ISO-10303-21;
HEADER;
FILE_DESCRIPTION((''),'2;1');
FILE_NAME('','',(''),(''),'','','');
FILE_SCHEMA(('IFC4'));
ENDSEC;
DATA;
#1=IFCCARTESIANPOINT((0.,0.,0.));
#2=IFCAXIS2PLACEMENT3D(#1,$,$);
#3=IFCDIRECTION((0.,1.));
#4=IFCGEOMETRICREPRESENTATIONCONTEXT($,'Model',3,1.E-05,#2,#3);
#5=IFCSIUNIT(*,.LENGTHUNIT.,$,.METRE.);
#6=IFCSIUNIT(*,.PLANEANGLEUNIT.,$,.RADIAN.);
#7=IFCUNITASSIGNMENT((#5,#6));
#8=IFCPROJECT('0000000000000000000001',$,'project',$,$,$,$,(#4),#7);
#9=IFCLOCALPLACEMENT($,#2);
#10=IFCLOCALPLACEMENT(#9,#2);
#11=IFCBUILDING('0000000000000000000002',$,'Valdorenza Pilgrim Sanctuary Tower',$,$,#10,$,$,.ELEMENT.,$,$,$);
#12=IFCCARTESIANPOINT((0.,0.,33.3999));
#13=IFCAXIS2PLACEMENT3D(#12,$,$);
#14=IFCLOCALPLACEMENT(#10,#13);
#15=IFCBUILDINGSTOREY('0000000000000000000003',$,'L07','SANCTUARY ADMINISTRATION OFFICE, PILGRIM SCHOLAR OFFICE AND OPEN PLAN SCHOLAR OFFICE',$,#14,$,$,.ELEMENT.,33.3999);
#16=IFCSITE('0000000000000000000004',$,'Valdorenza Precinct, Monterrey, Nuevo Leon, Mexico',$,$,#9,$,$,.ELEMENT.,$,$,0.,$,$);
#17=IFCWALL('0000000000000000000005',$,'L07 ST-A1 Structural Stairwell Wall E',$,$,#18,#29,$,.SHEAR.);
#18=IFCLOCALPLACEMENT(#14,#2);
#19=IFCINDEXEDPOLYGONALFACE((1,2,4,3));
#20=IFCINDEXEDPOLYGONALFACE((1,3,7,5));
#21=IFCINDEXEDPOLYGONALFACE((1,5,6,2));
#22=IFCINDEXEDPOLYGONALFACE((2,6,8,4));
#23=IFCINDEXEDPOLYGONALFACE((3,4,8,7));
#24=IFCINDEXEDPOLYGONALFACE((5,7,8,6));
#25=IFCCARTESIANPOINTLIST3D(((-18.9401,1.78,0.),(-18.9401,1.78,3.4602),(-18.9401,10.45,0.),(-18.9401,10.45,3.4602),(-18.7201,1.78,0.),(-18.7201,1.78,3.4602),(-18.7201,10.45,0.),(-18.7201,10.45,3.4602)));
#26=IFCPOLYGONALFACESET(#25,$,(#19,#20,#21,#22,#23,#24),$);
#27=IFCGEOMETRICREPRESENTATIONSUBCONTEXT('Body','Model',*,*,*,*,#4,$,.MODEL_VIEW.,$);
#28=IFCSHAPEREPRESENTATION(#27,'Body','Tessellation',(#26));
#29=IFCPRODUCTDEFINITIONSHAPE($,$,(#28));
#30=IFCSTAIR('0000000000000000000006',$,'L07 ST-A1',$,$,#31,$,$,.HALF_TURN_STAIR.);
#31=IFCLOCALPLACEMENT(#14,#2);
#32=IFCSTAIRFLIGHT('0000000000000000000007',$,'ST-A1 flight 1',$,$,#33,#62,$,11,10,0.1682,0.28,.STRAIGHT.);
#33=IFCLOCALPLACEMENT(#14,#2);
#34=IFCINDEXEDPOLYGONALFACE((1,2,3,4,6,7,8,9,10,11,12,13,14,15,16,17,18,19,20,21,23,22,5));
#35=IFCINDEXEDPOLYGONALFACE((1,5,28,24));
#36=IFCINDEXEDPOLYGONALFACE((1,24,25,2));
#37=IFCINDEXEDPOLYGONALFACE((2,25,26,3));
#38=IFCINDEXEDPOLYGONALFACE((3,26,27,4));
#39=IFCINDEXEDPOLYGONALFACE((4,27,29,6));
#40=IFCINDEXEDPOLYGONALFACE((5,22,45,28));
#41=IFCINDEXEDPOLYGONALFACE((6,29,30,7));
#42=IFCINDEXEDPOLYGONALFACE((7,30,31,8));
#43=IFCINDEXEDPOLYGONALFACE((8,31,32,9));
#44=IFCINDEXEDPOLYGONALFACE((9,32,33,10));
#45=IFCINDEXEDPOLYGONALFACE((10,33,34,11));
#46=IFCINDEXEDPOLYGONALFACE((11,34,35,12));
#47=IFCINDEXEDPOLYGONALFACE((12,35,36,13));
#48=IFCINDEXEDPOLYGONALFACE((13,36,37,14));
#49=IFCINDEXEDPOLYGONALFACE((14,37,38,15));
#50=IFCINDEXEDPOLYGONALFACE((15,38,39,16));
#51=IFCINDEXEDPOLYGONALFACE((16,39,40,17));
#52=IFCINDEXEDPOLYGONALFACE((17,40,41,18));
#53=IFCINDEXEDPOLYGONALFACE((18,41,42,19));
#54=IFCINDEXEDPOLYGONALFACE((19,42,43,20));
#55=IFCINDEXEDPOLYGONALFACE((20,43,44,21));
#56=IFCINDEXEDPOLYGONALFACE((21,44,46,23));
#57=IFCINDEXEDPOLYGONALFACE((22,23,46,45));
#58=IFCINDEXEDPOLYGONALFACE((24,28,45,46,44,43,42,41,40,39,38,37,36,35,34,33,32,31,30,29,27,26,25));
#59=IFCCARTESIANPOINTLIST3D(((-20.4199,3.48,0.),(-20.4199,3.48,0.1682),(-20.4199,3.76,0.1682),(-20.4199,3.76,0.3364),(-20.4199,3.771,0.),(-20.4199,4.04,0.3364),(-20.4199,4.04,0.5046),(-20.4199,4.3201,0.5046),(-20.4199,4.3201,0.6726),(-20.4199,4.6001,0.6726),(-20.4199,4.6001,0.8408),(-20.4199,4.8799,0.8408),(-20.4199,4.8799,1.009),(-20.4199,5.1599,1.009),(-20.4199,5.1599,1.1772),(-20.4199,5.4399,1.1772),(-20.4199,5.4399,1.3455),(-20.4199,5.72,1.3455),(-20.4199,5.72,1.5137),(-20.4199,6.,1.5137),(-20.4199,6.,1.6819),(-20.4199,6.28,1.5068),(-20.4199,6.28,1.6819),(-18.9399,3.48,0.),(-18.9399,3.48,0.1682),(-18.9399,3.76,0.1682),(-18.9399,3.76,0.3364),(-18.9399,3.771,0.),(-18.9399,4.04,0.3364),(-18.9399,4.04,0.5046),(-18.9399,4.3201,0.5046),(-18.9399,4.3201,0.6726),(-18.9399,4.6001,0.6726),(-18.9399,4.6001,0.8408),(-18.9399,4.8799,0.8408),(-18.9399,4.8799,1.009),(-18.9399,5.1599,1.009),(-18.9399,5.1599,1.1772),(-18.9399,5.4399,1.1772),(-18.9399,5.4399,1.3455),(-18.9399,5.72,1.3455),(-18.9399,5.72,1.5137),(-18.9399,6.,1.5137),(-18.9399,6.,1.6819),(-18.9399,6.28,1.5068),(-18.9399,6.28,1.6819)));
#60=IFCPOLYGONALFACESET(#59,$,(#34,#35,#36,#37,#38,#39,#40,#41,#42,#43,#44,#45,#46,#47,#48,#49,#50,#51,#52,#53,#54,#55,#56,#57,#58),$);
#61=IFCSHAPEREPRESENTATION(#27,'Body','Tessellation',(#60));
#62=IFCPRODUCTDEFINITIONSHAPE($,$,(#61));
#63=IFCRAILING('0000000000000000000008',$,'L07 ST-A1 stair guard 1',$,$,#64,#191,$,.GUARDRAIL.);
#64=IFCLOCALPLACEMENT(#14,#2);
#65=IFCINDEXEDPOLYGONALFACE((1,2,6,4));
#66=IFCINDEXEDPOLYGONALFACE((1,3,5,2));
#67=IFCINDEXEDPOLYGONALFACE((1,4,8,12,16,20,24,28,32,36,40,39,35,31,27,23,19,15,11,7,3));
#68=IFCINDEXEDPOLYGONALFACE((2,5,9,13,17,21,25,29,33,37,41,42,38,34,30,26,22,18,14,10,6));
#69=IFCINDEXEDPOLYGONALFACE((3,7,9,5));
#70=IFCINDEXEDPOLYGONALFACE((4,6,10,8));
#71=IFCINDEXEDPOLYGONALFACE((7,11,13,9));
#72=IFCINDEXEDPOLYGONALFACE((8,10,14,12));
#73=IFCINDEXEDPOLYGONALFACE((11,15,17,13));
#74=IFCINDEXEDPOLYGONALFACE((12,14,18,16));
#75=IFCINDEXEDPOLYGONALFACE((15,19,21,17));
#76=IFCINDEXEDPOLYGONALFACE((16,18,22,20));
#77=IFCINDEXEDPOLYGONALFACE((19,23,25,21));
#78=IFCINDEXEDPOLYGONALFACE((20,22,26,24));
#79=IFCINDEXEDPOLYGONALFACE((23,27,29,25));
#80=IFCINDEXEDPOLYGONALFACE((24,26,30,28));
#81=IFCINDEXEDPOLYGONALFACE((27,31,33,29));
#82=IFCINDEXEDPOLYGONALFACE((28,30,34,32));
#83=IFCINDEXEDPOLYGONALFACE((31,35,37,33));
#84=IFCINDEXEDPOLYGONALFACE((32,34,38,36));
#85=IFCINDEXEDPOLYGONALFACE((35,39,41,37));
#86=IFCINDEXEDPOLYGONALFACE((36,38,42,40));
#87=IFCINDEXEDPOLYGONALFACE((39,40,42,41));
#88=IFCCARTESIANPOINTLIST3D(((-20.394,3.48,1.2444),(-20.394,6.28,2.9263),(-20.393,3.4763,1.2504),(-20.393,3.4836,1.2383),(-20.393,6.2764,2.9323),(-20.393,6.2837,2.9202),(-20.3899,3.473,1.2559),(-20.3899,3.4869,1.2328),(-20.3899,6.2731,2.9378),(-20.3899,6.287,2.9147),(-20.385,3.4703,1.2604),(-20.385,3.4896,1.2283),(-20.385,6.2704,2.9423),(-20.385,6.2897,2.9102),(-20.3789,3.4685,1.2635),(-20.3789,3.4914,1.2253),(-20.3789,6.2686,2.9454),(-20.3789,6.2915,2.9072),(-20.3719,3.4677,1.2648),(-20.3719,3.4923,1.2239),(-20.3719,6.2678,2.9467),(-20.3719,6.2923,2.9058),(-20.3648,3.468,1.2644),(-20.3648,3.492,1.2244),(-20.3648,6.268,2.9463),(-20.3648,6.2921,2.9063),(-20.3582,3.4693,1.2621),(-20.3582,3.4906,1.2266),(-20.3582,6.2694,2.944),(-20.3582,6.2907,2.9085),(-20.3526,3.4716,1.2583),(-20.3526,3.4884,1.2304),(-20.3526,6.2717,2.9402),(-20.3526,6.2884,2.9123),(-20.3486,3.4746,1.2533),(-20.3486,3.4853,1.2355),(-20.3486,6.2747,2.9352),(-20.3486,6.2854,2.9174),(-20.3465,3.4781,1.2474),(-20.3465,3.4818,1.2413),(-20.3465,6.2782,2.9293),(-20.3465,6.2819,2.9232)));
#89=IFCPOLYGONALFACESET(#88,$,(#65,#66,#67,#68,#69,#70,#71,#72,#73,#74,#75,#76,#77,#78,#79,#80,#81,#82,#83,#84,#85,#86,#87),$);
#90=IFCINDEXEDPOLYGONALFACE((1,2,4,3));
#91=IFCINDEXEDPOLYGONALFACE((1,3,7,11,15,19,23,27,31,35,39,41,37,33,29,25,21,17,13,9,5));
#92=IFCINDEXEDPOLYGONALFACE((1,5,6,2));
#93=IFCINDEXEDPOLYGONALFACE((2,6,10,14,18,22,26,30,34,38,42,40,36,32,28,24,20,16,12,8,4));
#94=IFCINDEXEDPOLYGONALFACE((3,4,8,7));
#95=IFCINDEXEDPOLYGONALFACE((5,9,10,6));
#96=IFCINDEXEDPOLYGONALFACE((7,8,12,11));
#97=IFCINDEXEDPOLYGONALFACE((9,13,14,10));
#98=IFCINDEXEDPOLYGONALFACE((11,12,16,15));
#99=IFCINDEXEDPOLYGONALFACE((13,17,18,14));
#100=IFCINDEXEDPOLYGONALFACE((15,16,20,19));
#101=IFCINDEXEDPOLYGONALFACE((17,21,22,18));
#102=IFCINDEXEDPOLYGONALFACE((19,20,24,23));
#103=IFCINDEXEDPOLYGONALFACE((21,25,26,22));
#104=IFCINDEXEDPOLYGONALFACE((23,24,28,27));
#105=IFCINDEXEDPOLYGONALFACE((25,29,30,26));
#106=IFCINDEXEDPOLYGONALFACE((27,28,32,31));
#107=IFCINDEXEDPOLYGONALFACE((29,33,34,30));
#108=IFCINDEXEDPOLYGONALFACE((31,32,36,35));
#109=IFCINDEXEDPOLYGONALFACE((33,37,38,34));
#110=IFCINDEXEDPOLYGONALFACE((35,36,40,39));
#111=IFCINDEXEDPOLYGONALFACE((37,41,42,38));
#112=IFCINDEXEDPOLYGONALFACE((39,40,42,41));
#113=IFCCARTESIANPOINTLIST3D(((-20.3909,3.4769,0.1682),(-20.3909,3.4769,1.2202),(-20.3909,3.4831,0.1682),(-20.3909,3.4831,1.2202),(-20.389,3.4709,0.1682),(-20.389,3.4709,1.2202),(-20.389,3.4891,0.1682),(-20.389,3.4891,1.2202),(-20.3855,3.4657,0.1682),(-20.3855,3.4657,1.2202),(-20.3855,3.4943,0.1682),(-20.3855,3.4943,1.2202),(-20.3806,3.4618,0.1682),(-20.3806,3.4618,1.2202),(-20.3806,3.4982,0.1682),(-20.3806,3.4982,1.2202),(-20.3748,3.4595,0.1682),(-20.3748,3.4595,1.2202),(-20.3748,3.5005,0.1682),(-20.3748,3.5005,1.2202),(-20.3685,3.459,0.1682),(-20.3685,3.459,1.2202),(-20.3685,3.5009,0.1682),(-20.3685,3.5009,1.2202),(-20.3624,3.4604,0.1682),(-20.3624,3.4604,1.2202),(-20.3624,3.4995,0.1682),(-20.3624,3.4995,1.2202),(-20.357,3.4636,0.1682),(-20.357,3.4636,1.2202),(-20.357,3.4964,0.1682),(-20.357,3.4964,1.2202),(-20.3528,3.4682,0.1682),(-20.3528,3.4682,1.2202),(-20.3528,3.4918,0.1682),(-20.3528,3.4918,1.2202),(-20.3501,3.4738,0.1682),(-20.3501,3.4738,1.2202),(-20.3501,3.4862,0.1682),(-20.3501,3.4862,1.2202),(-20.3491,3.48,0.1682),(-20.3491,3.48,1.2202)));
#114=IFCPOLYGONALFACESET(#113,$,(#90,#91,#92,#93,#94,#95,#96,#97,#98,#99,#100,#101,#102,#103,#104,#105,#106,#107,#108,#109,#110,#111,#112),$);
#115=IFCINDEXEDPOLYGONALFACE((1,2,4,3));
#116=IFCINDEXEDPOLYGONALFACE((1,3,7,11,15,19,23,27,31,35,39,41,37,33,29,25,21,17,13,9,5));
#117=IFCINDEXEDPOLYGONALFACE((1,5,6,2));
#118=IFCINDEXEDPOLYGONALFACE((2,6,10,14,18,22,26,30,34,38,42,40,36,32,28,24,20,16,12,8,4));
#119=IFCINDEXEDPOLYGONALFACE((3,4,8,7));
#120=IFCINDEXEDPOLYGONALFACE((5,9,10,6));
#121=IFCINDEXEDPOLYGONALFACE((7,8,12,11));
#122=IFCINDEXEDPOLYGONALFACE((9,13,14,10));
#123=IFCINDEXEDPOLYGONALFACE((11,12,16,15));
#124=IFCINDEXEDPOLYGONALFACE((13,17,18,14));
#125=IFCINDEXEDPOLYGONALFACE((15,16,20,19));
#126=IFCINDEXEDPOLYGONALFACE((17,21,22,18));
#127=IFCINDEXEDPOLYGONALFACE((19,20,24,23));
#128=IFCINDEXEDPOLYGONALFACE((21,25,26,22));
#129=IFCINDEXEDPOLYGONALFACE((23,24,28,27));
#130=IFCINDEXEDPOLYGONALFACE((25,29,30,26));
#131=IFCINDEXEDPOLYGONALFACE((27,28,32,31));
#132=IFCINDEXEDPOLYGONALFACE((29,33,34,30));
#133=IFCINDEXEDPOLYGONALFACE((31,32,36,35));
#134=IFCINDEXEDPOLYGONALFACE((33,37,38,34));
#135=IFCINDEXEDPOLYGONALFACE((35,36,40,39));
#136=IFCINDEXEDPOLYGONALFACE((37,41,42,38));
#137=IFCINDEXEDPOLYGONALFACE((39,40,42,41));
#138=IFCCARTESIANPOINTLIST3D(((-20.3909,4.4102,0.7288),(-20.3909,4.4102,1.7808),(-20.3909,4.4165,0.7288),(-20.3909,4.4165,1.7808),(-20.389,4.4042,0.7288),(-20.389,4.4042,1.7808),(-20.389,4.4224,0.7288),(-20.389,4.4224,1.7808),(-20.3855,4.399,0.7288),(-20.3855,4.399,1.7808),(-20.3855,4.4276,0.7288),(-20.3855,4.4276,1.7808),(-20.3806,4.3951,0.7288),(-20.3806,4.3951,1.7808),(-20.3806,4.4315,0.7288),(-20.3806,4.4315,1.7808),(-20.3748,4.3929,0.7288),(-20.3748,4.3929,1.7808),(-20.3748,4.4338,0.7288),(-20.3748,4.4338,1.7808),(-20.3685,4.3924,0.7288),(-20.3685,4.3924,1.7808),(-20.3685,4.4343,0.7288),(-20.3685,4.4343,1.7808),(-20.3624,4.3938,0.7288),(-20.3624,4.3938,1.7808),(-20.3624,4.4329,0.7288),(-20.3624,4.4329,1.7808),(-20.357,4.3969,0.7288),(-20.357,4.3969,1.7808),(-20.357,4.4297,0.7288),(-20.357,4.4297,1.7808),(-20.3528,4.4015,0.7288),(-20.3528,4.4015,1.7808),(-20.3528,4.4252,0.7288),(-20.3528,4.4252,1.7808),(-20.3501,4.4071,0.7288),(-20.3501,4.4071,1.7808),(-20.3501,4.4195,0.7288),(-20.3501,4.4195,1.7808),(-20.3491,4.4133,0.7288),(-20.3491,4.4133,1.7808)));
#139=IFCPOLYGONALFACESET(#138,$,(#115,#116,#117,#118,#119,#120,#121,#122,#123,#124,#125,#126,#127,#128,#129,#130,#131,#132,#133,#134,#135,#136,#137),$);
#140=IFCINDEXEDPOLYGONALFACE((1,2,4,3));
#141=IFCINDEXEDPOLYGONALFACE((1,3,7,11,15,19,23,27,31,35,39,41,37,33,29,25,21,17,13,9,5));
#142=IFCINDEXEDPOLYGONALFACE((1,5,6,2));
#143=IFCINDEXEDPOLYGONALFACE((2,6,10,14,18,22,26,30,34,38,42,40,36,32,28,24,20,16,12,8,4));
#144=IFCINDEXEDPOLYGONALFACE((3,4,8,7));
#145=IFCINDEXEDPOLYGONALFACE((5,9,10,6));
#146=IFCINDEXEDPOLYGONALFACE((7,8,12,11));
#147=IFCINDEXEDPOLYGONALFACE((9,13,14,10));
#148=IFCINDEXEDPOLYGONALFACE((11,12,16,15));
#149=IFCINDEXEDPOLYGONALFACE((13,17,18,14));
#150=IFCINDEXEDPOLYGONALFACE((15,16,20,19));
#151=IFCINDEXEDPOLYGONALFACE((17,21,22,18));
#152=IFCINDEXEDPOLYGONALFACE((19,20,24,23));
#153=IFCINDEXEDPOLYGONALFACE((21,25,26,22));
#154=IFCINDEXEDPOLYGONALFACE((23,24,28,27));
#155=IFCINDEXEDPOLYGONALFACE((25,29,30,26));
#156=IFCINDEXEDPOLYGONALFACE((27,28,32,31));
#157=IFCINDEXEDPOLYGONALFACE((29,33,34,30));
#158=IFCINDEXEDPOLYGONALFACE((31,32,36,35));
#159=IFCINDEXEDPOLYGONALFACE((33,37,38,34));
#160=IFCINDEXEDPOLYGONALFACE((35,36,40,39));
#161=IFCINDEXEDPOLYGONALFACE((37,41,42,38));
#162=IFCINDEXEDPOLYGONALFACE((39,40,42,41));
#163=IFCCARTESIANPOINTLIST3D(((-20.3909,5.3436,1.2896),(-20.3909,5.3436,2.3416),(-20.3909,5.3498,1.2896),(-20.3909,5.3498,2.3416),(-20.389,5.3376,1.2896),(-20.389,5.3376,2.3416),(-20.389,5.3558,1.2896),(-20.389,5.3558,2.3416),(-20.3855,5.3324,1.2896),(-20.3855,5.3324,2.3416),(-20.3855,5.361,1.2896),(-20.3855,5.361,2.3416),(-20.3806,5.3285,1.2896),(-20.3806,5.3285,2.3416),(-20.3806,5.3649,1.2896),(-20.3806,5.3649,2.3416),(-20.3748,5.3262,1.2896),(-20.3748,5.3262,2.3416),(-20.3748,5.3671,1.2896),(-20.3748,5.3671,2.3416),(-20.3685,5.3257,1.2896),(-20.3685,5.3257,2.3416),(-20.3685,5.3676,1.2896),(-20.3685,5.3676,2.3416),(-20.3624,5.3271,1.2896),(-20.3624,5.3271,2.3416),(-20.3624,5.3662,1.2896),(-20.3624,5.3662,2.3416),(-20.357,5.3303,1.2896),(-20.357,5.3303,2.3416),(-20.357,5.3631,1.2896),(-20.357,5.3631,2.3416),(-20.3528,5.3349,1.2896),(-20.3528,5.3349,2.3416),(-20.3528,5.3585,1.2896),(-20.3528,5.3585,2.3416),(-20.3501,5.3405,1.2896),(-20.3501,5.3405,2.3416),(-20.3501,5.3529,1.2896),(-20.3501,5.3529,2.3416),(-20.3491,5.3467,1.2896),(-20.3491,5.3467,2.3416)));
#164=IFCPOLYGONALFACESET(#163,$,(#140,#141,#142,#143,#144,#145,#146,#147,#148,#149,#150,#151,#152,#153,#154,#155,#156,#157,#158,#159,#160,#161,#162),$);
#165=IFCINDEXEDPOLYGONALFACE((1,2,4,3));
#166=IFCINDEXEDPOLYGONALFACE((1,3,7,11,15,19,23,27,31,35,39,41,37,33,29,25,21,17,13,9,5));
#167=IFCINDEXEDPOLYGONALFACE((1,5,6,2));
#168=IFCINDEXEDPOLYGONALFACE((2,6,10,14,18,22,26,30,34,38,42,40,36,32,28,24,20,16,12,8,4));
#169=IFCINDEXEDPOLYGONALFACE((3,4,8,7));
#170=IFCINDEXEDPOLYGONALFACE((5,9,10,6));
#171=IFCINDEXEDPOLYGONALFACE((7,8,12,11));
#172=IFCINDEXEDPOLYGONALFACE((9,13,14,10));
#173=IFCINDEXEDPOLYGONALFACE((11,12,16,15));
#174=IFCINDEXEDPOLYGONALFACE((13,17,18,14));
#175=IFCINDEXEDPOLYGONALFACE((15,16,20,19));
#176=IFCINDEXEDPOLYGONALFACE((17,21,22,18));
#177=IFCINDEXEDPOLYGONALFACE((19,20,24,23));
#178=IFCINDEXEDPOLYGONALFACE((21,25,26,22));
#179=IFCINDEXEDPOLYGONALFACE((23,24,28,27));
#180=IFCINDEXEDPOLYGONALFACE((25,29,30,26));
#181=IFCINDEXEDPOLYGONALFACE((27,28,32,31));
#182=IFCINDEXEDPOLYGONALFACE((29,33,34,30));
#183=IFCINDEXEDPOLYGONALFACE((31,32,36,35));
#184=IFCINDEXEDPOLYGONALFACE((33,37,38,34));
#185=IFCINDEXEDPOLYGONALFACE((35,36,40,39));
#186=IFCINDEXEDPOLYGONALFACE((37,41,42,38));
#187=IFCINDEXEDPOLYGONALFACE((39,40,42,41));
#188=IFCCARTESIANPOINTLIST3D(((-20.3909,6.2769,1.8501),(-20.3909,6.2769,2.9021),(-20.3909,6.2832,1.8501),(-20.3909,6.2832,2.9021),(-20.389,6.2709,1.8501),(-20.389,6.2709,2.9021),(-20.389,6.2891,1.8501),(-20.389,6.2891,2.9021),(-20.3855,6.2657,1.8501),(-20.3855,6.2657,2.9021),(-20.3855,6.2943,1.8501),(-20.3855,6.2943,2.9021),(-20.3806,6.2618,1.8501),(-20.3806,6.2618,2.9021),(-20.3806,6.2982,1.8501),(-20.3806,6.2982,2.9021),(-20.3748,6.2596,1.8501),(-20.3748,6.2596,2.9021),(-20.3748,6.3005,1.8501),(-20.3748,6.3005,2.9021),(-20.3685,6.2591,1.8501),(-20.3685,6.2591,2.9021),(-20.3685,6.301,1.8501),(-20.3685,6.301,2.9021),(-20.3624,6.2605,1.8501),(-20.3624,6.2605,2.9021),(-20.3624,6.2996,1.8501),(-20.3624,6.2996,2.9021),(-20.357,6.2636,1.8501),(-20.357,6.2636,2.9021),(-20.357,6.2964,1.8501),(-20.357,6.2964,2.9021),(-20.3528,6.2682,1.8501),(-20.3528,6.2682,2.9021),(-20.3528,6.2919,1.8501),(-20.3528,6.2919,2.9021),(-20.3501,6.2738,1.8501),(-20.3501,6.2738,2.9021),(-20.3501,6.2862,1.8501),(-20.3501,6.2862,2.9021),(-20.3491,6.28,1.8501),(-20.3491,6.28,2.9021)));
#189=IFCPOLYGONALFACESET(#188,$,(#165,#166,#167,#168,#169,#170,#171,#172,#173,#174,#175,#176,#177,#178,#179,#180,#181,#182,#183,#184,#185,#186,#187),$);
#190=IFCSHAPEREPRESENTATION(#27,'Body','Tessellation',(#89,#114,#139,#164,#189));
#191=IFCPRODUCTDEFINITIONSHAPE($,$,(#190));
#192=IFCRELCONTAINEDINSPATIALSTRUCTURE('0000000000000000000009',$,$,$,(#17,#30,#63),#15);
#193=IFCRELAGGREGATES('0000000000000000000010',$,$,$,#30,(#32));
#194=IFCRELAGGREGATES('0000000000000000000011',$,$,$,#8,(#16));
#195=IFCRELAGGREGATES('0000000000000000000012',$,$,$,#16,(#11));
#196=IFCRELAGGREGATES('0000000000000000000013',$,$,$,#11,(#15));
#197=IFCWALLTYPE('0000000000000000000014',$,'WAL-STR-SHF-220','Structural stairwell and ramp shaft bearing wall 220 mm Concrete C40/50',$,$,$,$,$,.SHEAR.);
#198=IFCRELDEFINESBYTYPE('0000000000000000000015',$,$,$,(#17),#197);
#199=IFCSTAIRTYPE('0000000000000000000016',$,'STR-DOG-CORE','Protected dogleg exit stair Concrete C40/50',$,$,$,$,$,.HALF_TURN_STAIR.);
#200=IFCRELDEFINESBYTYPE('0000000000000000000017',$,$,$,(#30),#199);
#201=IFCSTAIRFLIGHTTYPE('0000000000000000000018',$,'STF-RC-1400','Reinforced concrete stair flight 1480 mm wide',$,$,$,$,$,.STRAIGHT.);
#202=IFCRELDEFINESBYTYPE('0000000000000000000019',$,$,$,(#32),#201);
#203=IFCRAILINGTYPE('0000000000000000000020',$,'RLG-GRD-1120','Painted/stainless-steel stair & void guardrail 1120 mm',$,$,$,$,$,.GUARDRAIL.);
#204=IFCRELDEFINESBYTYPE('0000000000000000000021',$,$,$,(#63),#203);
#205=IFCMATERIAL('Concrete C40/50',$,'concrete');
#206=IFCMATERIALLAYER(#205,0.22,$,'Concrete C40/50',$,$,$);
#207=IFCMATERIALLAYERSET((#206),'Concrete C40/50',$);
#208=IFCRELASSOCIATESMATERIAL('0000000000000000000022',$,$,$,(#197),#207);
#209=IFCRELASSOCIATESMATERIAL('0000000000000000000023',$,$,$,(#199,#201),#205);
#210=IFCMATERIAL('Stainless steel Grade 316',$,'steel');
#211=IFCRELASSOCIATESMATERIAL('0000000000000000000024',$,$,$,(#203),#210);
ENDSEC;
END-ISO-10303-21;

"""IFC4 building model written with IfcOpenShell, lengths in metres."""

from ifc_helpers import new_model, si_unit, direction, frame, frame_2d, origin, origin_2d, place, context, subcontext, project, spatial, polyline, rectangle, circle, outline, extrude, material, layer, layer_set, type_object, element, aggregate, save


model = new_model("IFC4")

# Units and contexts
model_context = context("Model", 3, precision=1e-05, world=origin(), true_north=direction((0.0, 1.0)))
body_context = subcontext(model_context, "Body", "Model", "MODEL_VIEW")
ifc_project = project(units=[si_unit("LENGTHUNIT", "METRE"), si_unit("PLANEANGLEUNIT", "RADIAN")], contexts=[model_context])

# Site, building, storey
site_placement = place(None, origin())
site = spatial("IfcSite", under=ifc_project, at=site_placement, Name="Valdorenza Precinct, Monterrey, Nuevo Leon, Mexico", CompositionType="ELEMENT", RefElevation=0.0)
building_placement = place(site_placement, origin())
building = spatial("IfcBuilding", under=site, at=building_placement, Name="Valdorenza Pilgrim Sanctuary Tower", CompositionType="ELEMENT")
storey_placement = place(building_placement, frame((0.0, 0.0, 33.3999)))
storey = spatial("IfcBuildingStorey", under=building, at=storey_placement, Name="L07", Description="SANCTUARY ADMINISTRATION OFFICE, PILGRIM SCHOLAR OFFICE AND OPEN PLAN SCHOLAR OFFICE", CompositionType="ELEMENT", Elevation=33.3999)

# Wall
ifc_material_1 = material(Name="Concrete C40/50", Category="concrete")
ifc_layer_1 = layer(ifc_material_1, 0.22, Name="Concrete C40/50")
ifc_layer_set_1 = layer_set([ifc_layer_1], Name="Concrete C40/50")
wall_type_1 = type_object("IfcWallType", Name="WAL-STR-SHF-220", Description="Structural stairwell and ramp shaft bearing wall 220 mm Concrete C40/50", PredefinedType="SHEAR", material=ifc_layer_set_1)
wall_1_placement = place(storey_placement, frame((-18.8301, 1.78, 0.0), z_axis=(0.0, 0.0, 1.0), x_axis=(0.0, 1.0, 0.0)))
element("IfcWall", 1, at=wall_1_placement, inside=storey, type_object=wall_type_1, Name="L07 ST-A1 Structural Stairwell Wall E", PredefinedType="SHEAR", context=body_context, shape_type="SweptSolid", body=[
    extrude(rectangle(XDim=8.6699, YDim=0.22, at=frame_2d((4.335, 0.0))), origin(), (0.0, 0.0, 1.0), 3.4602),
])

# Stair, stair flight
stair_type = type_object("IfcStairType", Name="STR-DOG-CORE", Description="Protected dogleg exit stair Concrete C40/50", PredefinedType="HALF_TURN_STAIR", material=ifc_material_1)
stair_placement = place(storey_placement, origin())
stair = element("IfcStair", 2, at=stair_placement, inside=storey, type_object=stair_type, Name="L07 ST-A1", PredefinedType="HALF_TURN_STAIR")
stair_flight_type = type_object("IfcStairFlightType", Name="STF-RC-1400", Description="Reinforced concrete stair flight 1480 mm wide", PredefinedType="STRAIGHT", material=ifc_material_1)
stair_flight_placement = place(storey_placement, frame((-19.6799, 3.48, 0.0), z_axis=(0.0, 0.0, 1.0), x_axis=(0.0, 1.0, 0.0)))
stair_flight = element("IfcStairFlight", 3, at=stair_flight_placement, type_object=stair_flight_type, Name="ST-A1 flight 1", NumberOfRisers=11, NumberOfTreads=10, PredefinedType="STRAIGHT", RiserHeight=0.1682, TreadLength=0.28, context=body_context, shape_type="SweptSolid", body=[
    extrude(outline(polyline([(0.0, 0.0), (0.0, 0.1682), (0.28, 0.1682), (0.28, 0.3364), (0.5601, 0.3364), (0.5601, 0.5046), (0.8401, 0.5046), (0.8401, 0.6726), (1.1201, 0.6726), (1.1201, 0.8408), (1.3999, 0.8408), (1.3999, 1.009), (1.6799, 1.009), (1.6799, 1.1772), (1.96, 1.1772), (1.96, 1.3455), (2.24, 1.3455), (2.24, 1.5137), (2.52, 1.5137), (2.52, 1.6819), (2.8, 1.6819), (2.8, 1.8501), (2.8, 1.5068), (0.291, 0.0), (0.0, 0.0)])), frame((0.0, 0.74, 0.0), z_axis=(0.0, -1.0, 0.0), x_axis=(1.0, 0.0, 0.0)), (0.0, 0.0, 1.0), 1.48),
])
aggregate(stair, [stair_flight])

# Railing
ifc_material_2 = material(Name="Stainless steel Grade 316", Category="steel")
railing_type_1 = type_object("IfcRailingType", Name="RLG-GRD-1120", Description="Painted/stainless-steel stair & void guardrail 1120 mm", PredefinedType="GUARDRAIL", material=ifc_material_2)
railing_1_placement = place(storey_placement, frame((-20.3701, 3.48, 0.1682)))
element("IfcRailing", 4, at=railing_1_placement, inside=storey, type_object=railing_type_1, Name="L07 ST-A1 stair guard 1", PredefinedType="GUARDRAIL", context=body_context, shape_type="SweptSolid", body=[
    extrude(circle(Radius=0.0239, at=origin_2d()), frame((0.0, 0.0, 1.0762), z_axis=(0.0, 0.857242, 0.514913), x_axis=(-1.0, 0.0, 0.0)), (0.0, 0.0, 1.0), 3.2664),
    extrude(circle(Radius=0.021, at=origin_2d()), origin(), (0.0, 0.0, 1.0), 1.052),
    extrude(circle(Radius=0.021, at=origin_2d()), frame((0.0, 0.9333, 0.5605)), (0.0, 0.0, 1.0), 1.052),
    extrude(circle(Radius=0.021, at=origin_2d()), frame((0.0, 1.8667, 1.1213)), (0.0, 0.0, 1.0), 1.052),
    extrude(circle(Radius=0.021, at=origin_2d()), frame((0.0, 2.8, 1.6819)), (0.0, 0.0, 1.0), 1.052),
])

save(model, "model.ifc")
